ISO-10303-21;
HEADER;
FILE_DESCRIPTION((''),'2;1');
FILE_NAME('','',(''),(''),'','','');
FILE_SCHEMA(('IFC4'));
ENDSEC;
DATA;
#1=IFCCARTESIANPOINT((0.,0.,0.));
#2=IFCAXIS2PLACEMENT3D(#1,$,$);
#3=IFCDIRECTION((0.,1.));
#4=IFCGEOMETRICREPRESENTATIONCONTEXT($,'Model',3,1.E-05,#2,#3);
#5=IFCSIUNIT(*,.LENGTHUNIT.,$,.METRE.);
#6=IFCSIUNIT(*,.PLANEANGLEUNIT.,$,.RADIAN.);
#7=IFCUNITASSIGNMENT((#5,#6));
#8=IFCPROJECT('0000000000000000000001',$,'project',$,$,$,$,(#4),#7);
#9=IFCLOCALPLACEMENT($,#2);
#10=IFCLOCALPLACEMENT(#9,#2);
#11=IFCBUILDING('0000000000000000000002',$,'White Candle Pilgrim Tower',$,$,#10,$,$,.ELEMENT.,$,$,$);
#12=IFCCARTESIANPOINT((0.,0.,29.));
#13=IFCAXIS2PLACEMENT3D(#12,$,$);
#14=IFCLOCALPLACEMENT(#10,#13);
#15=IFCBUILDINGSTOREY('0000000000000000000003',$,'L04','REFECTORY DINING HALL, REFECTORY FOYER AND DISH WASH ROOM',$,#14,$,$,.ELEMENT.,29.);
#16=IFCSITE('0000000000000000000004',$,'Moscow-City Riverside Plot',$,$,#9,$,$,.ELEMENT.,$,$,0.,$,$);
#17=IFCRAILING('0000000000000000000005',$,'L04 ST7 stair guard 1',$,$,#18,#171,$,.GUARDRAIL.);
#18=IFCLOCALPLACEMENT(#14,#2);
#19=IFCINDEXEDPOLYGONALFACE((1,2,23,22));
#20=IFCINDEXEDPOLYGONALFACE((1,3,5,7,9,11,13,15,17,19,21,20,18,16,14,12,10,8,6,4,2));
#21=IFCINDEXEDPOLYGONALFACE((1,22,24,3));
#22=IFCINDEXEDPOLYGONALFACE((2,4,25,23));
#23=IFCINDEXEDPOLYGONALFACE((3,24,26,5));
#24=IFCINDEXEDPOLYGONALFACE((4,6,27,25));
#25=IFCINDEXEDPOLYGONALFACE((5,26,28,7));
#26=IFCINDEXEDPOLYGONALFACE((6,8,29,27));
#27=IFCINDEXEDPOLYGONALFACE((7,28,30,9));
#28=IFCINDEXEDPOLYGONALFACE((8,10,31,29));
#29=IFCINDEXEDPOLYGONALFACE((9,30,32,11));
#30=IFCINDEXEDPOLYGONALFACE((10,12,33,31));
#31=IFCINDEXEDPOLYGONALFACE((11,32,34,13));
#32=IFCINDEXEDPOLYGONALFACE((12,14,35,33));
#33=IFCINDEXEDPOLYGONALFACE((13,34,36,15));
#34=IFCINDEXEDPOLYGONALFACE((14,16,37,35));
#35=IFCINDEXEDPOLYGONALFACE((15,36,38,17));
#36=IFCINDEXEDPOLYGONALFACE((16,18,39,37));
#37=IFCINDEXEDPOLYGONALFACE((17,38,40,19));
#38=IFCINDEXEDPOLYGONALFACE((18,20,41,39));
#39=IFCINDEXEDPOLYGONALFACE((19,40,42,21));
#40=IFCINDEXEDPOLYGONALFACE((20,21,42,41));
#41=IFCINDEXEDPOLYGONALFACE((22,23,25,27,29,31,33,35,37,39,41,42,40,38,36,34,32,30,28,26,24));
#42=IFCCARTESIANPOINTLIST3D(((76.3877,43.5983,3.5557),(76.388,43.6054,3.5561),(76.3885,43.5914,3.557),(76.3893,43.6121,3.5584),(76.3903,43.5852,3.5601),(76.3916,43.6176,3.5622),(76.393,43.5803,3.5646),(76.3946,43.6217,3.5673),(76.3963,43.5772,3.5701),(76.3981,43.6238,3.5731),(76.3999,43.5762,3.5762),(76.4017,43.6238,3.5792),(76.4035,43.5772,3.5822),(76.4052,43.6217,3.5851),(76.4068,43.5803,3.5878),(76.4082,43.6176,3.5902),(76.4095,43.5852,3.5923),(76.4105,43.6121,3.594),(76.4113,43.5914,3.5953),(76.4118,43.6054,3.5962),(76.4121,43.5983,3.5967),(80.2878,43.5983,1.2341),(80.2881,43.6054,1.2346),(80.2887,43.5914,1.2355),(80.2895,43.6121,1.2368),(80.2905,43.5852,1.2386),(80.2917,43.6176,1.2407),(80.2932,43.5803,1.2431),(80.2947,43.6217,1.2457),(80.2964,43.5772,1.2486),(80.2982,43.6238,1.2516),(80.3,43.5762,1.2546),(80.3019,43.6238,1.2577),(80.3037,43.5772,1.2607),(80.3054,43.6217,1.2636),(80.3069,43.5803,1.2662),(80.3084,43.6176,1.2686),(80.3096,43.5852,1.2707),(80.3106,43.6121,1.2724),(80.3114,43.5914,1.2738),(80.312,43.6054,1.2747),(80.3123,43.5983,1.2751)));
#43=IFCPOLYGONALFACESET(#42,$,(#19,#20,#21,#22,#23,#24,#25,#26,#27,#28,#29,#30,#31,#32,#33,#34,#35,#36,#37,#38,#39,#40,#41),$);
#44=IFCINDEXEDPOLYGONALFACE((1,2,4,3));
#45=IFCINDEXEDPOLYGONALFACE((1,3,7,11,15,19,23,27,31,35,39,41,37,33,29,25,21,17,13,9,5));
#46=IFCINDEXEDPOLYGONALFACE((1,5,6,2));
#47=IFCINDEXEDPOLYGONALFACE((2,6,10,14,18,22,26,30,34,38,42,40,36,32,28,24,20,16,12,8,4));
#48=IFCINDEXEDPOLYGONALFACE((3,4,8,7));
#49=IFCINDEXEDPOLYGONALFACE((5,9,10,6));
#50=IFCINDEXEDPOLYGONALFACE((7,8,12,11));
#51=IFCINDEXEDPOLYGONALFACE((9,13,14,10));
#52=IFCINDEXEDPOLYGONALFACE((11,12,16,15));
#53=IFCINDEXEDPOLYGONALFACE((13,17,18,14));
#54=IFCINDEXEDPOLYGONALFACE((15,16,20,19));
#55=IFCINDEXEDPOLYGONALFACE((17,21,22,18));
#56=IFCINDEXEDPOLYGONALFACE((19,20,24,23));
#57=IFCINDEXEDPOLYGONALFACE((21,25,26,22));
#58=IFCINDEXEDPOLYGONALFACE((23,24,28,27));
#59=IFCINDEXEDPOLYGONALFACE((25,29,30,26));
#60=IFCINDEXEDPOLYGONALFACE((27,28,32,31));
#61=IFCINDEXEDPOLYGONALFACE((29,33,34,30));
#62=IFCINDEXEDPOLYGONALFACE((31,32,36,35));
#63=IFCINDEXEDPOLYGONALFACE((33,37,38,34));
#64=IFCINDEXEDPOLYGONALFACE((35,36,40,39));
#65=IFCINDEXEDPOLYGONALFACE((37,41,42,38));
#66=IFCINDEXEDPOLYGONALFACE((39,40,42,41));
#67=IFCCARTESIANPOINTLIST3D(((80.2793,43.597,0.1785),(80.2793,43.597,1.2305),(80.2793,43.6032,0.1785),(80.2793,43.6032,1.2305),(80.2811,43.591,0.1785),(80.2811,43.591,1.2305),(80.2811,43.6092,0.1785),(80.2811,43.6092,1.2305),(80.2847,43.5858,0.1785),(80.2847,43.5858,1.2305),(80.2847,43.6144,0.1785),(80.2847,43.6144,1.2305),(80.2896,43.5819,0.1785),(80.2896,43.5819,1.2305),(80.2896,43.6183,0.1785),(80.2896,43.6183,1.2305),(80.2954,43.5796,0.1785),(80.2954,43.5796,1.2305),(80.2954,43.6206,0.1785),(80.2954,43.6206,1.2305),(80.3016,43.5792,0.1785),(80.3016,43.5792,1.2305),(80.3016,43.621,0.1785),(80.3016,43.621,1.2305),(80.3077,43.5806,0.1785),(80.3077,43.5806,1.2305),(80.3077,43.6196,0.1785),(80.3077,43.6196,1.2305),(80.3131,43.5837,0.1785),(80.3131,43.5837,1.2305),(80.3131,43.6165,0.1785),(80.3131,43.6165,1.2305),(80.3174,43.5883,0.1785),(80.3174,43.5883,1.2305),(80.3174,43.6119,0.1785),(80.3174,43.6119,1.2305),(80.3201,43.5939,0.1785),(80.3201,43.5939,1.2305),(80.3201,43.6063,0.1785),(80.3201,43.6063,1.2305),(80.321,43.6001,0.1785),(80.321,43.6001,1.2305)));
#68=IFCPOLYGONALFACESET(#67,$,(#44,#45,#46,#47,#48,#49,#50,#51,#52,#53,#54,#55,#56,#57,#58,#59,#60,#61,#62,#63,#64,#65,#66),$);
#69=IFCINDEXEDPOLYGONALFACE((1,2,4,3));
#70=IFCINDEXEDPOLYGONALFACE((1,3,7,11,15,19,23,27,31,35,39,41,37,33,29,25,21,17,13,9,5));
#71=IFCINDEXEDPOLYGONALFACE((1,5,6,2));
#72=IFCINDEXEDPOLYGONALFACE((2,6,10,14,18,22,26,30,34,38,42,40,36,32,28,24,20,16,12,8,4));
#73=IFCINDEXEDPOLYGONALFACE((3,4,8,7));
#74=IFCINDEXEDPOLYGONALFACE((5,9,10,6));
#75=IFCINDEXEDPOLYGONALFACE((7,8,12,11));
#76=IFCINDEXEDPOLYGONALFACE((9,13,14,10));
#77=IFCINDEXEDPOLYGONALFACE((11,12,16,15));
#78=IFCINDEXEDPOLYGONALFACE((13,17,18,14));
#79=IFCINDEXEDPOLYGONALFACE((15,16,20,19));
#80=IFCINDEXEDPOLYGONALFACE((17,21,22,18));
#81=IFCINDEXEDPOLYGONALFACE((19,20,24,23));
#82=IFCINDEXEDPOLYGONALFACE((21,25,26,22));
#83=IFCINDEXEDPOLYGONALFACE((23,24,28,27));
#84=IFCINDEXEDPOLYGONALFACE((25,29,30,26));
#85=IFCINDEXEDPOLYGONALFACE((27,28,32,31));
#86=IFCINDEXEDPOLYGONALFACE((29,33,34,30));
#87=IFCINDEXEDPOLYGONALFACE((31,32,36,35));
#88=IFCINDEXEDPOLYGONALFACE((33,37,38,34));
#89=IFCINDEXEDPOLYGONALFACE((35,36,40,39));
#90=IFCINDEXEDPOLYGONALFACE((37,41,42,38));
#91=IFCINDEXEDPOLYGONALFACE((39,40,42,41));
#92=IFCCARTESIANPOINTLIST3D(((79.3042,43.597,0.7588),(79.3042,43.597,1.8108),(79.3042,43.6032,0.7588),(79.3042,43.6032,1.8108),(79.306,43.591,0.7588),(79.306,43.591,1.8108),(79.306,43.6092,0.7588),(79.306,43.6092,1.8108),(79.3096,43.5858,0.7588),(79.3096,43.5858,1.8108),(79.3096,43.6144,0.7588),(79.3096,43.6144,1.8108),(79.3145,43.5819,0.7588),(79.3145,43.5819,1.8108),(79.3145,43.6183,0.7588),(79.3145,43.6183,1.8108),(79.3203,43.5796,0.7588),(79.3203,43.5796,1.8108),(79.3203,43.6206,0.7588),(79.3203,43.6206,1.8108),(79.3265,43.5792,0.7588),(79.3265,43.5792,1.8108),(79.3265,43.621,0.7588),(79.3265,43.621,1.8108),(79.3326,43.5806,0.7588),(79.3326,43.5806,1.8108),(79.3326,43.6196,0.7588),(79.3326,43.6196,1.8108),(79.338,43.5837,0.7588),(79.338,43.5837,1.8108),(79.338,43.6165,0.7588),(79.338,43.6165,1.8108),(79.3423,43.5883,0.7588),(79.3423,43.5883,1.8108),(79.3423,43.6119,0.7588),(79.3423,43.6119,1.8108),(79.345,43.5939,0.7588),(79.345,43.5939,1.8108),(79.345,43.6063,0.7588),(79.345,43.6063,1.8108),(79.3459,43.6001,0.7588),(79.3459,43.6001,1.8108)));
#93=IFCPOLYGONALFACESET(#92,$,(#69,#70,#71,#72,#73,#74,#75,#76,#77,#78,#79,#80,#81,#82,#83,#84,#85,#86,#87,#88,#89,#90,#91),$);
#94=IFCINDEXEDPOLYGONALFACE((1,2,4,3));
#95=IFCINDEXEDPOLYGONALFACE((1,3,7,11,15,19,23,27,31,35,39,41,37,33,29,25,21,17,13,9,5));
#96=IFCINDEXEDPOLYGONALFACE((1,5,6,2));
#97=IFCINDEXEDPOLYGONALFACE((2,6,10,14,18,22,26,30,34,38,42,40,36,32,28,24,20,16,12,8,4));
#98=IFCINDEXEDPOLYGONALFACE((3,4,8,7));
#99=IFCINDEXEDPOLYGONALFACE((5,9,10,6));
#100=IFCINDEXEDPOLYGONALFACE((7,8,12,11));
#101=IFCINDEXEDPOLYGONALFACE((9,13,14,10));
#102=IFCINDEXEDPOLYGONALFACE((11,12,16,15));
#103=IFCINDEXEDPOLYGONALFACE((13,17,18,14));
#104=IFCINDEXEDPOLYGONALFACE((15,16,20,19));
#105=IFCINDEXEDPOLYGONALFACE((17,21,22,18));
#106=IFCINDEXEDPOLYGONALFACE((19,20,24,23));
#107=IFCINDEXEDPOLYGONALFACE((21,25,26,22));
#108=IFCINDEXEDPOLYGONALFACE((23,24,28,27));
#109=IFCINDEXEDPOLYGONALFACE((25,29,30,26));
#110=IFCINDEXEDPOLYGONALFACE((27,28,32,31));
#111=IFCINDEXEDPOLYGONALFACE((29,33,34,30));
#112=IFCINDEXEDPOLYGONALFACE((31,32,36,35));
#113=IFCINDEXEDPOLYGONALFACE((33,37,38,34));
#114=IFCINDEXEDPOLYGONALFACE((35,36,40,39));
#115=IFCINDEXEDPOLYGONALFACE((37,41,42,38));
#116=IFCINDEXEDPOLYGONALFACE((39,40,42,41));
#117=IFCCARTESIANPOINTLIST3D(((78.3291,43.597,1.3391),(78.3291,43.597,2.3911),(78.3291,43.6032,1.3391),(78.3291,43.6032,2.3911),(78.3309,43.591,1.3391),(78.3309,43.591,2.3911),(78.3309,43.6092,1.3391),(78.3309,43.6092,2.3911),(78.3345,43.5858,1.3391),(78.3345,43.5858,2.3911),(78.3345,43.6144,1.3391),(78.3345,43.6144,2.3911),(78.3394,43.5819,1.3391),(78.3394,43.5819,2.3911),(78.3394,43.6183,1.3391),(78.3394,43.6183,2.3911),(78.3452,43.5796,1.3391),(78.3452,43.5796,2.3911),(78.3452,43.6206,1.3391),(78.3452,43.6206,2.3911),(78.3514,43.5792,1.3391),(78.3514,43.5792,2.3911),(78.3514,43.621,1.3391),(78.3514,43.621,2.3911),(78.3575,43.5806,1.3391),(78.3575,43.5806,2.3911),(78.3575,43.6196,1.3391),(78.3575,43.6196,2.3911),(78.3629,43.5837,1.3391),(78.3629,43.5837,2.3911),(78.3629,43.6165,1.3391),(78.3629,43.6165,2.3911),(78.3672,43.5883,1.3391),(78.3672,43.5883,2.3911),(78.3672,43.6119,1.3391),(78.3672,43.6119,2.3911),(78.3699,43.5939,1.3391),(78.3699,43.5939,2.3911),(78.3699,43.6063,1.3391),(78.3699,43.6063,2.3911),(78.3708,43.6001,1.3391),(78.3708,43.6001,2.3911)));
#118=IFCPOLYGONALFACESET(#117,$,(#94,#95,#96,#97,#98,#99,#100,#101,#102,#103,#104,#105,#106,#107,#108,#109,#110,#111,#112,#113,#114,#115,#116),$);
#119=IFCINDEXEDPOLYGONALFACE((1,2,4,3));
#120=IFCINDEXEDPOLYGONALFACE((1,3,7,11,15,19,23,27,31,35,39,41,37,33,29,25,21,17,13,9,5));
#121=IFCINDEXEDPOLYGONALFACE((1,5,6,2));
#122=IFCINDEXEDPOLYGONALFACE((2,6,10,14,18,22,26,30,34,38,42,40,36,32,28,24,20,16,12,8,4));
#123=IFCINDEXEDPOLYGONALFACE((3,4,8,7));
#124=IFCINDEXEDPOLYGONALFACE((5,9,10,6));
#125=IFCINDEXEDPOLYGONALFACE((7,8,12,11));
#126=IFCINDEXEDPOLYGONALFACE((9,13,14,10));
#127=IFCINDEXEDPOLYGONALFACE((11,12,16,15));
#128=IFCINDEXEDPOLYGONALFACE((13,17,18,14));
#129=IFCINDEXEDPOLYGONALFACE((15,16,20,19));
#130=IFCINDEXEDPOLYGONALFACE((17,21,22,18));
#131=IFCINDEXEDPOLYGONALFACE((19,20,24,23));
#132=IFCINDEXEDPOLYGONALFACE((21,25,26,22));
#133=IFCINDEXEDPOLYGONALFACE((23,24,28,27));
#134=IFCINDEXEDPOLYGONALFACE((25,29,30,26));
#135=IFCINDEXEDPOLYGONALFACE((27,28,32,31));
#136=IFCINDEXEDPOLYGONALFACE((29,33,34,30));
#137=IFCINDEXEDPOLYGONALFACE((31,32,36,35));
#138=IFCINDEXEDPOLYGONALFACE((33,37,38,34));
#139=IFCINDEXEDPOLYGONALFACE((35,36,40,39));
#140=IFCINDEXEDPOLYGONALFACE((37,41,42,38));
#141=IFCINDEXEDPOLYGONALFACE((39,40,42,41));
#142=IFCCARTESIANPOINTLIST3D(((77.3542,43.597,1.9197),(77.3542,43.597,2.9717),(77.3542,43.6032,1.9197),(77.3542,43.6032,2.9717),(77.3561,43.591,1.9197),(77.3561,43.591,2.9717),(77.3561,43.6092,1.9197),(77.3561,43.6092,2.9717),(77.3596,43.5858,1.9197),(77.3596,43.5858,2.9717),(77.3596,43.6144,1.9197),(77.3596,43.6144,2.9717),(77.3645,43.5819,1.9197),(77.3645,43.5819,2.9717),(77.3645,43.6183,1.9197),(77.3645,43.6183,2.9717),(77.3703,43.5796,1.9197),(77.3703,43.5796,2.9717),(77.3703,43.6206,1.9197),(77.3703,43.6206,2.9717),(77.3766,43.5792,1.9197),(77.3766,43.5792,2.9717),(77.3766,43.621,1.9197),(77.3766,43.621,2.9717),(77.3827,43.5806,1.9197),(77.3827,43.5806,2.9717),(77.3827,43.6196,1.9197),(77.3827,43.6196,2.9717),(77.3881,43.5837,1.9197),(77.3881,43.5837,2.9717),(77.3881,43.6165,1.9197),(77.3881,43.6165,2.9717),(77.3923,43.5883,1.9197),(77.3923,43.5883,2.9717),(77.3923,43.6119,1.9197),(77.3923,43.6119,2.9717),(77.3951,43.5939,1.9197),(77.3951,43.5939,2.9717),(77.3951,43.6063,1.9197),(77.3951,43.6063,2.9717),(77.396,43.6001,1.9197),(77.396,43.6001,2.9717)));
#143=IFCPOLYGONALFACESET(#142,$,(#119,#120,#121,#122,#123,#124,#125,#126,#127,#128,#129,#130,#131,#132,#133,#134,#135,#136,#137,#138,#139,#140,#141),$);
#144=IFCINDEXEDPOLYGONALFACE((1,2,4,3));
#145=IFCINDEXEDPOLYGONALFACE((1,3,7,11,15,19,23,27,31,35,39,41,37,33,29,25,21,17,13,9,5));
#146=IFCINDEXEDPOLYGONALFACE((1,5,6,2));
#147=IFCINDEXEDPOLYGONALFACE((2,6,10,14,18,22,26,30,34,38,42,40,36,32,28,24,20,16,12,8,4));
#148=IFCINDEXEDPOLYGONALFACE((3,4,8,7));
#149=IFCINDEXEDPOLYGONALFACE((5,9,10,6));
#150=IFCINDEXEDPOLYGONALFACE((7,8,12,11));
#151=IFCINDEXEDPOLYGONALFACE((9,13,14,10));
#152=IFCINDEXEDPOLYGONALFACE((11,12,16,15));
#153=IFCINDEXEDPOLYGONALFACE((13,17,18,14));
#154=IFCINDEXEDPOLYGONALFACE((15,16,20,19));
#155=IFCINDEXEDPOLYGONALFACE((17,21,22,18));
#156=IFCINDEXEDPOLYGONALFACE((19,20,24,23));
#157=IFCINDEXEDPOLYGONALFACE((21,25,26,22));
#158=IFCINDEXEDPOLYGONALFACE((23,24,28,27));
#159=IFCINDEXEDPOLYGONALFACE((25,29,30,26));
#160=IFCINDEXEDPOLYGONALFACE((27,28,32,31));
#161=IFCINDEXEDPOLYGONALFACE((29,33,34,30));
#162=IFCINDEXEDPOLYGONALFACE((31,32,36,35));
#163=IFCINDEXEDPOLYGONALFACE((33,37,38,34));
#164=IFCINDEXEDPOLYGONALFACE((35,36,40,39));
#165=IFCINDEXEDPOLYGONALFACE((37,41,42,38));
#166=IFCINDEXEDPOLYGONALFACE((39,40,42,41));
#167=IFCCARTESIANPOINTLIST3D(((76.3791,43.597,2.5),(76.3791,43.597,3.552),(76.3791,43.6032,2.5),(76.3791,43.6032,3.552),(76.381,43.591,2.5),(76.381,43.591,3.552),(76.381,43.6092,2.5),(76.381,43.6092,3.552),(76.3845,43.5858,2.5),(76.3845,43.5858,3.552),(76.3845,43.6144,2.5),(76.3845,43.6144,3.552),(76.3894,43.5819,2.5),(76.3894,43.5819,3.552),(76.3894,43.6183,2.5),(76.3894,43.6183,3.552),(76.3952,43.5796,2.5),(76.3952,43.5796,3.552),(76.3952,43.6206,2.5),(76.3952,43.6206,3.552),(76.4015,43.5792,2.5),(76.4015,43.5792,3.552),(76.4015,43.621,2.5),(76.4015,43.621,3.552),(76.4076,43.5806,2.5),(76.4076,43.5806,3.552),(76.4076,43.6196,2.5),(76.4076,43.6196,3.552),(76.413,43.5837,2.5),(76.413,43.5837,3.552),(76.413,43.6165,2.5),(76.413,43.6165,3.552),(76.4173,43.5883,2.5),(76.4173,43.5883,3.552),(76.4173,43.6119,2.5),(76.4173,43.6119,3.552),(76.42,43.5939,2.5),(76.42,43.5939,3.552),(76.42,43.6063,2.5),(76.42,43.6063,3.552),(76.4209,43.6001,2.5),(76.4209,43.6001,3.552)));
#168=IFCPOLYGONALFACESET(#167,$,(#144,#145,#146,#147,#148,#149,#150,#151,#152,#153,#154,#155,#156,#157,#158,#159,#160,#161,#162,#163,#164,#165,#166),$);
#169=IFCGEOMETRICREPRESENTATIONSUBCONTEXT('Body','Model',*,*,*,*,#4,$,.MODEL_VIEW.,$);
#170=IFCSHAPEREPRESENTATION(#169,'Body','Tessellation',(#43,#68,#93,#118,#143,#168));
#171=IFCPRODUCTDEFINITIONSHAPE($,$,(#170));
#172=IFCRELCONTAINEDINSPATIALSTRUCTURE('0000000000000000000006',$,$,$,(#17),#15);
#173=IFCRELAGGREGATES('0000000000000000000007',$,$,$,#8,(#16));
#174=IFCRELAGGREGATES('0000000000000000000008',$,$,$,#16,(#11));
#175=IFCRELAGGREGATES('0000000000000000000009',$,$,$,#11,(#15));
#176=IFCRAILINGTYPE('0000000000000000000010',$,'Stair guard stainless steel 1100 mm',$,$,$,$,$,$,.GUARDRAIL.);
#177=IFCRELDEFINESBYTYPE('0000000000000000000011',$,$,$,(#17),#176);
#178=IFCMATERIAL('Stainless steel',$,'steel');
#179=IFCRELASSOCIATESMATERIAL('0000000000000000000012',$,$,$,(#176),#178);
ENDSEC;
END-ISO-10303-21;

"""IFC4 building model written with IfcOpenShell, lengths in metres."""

from ifc_helpers import new_model, si_unit, direction, frame, origin, origin_2d, place, context, subcontext, project, spatial, circle, extrude, material, type_object, element, save


model = new_model("IFC4")

# Units and contexts
model_context = context("Model", 3, precision=1e-05, world=origin(), true_north=direction((0.0, 1.0)))
body_context = subcontext(model_context, "Body", "Model", "MODEL_VIEW")
ifc_project = project(units=[si_unit("LENGTHUNIT", "METRE"), si_unit("PLANEANGLEUNIT", "RADIAN")], contexts=[model_context])

# Site, building, storey
site_placement = place(None, origin())
site = spatial("IfcSite", under=ifc_project, at=site_placement, Name="Moscow-City Riverside Plot", CompositionType="ELEMENT", RefElevation=0.0)
building_placement = place(site_placement, origin())
building = spatial("IfcBuilding", under=site, at=building_placement, Name="White Candle Pilgrim Tower", CompositionType="ELEMENT")
storey_placement = place(building_placement, frame((0.0, 0.0, 29.0)))
storey = spatial("IfcBuildingStorey", under=building, at=storey_placement, Name="L04", Description="REFECTORY DINING HALL, REFECTORY FOYER AND DISH WASH ROOM", CompositionType="ELEMENT", Elevation=29.0)

# Railing
ifc_material_1 = material(Name="Stainless steel", Category="steel")
railing_type_1 = type_object("IfcRailingType", Name="Stair guard stainless steel 1100 mm", PredefinedType="GUARDRAIL", material=ifc_material_1)
railing_1_placement = place(storey_placement, frame((80.3, 43.6001, 0.1785)))
element("IfcRailing", 1, at=railing_1_placement, inside=storey, type_object=railing_type_1, Name="L04 ST7 stair guard 1", PredefinedType="GUARDRAIL", context=body_context, shape_type="SweptSolid", body=[
    extrude(circle(Radius=0.0239, at=origin_2d()), frame((0.0, 0.0, 1.0762), z_axis=(-0.859291, 0.0, 0.511487), x_axis=(0.0, -1.0, 0.0)), (0.0, 0.0, 1.0), 4.5388),
    extrude(circle(Radius=0.021, at=origin_2d()), origin(), (0.0, 0.0, 1.0), 1.052),
    extrude(circle(Radius=0.021, at=origin_2d()), frame((-0.9751, 0.0, 0.5803)), (0.0, 0.0, 1.0), 1.052),
    extrude(circle(Radius=0.021, at=origin_2d()), frame((-1.9502, 0.0, 1.1606)), (0.0, 0.0, 1.0), 1.052),
    extrude(circle(Radius=0.021, at=origin_2d()), frame((-2.925, 0.0, 1.7412)), (0.0, 0.0, 1.0), 1.052),
    extrude(circle(Radius=0.021, at=origin_2d()), frame((-3.9001, 0.0, 2.3215)), (0.0, 0.0, 1.0), 1.052),
])

save(model, "model.ifc")
